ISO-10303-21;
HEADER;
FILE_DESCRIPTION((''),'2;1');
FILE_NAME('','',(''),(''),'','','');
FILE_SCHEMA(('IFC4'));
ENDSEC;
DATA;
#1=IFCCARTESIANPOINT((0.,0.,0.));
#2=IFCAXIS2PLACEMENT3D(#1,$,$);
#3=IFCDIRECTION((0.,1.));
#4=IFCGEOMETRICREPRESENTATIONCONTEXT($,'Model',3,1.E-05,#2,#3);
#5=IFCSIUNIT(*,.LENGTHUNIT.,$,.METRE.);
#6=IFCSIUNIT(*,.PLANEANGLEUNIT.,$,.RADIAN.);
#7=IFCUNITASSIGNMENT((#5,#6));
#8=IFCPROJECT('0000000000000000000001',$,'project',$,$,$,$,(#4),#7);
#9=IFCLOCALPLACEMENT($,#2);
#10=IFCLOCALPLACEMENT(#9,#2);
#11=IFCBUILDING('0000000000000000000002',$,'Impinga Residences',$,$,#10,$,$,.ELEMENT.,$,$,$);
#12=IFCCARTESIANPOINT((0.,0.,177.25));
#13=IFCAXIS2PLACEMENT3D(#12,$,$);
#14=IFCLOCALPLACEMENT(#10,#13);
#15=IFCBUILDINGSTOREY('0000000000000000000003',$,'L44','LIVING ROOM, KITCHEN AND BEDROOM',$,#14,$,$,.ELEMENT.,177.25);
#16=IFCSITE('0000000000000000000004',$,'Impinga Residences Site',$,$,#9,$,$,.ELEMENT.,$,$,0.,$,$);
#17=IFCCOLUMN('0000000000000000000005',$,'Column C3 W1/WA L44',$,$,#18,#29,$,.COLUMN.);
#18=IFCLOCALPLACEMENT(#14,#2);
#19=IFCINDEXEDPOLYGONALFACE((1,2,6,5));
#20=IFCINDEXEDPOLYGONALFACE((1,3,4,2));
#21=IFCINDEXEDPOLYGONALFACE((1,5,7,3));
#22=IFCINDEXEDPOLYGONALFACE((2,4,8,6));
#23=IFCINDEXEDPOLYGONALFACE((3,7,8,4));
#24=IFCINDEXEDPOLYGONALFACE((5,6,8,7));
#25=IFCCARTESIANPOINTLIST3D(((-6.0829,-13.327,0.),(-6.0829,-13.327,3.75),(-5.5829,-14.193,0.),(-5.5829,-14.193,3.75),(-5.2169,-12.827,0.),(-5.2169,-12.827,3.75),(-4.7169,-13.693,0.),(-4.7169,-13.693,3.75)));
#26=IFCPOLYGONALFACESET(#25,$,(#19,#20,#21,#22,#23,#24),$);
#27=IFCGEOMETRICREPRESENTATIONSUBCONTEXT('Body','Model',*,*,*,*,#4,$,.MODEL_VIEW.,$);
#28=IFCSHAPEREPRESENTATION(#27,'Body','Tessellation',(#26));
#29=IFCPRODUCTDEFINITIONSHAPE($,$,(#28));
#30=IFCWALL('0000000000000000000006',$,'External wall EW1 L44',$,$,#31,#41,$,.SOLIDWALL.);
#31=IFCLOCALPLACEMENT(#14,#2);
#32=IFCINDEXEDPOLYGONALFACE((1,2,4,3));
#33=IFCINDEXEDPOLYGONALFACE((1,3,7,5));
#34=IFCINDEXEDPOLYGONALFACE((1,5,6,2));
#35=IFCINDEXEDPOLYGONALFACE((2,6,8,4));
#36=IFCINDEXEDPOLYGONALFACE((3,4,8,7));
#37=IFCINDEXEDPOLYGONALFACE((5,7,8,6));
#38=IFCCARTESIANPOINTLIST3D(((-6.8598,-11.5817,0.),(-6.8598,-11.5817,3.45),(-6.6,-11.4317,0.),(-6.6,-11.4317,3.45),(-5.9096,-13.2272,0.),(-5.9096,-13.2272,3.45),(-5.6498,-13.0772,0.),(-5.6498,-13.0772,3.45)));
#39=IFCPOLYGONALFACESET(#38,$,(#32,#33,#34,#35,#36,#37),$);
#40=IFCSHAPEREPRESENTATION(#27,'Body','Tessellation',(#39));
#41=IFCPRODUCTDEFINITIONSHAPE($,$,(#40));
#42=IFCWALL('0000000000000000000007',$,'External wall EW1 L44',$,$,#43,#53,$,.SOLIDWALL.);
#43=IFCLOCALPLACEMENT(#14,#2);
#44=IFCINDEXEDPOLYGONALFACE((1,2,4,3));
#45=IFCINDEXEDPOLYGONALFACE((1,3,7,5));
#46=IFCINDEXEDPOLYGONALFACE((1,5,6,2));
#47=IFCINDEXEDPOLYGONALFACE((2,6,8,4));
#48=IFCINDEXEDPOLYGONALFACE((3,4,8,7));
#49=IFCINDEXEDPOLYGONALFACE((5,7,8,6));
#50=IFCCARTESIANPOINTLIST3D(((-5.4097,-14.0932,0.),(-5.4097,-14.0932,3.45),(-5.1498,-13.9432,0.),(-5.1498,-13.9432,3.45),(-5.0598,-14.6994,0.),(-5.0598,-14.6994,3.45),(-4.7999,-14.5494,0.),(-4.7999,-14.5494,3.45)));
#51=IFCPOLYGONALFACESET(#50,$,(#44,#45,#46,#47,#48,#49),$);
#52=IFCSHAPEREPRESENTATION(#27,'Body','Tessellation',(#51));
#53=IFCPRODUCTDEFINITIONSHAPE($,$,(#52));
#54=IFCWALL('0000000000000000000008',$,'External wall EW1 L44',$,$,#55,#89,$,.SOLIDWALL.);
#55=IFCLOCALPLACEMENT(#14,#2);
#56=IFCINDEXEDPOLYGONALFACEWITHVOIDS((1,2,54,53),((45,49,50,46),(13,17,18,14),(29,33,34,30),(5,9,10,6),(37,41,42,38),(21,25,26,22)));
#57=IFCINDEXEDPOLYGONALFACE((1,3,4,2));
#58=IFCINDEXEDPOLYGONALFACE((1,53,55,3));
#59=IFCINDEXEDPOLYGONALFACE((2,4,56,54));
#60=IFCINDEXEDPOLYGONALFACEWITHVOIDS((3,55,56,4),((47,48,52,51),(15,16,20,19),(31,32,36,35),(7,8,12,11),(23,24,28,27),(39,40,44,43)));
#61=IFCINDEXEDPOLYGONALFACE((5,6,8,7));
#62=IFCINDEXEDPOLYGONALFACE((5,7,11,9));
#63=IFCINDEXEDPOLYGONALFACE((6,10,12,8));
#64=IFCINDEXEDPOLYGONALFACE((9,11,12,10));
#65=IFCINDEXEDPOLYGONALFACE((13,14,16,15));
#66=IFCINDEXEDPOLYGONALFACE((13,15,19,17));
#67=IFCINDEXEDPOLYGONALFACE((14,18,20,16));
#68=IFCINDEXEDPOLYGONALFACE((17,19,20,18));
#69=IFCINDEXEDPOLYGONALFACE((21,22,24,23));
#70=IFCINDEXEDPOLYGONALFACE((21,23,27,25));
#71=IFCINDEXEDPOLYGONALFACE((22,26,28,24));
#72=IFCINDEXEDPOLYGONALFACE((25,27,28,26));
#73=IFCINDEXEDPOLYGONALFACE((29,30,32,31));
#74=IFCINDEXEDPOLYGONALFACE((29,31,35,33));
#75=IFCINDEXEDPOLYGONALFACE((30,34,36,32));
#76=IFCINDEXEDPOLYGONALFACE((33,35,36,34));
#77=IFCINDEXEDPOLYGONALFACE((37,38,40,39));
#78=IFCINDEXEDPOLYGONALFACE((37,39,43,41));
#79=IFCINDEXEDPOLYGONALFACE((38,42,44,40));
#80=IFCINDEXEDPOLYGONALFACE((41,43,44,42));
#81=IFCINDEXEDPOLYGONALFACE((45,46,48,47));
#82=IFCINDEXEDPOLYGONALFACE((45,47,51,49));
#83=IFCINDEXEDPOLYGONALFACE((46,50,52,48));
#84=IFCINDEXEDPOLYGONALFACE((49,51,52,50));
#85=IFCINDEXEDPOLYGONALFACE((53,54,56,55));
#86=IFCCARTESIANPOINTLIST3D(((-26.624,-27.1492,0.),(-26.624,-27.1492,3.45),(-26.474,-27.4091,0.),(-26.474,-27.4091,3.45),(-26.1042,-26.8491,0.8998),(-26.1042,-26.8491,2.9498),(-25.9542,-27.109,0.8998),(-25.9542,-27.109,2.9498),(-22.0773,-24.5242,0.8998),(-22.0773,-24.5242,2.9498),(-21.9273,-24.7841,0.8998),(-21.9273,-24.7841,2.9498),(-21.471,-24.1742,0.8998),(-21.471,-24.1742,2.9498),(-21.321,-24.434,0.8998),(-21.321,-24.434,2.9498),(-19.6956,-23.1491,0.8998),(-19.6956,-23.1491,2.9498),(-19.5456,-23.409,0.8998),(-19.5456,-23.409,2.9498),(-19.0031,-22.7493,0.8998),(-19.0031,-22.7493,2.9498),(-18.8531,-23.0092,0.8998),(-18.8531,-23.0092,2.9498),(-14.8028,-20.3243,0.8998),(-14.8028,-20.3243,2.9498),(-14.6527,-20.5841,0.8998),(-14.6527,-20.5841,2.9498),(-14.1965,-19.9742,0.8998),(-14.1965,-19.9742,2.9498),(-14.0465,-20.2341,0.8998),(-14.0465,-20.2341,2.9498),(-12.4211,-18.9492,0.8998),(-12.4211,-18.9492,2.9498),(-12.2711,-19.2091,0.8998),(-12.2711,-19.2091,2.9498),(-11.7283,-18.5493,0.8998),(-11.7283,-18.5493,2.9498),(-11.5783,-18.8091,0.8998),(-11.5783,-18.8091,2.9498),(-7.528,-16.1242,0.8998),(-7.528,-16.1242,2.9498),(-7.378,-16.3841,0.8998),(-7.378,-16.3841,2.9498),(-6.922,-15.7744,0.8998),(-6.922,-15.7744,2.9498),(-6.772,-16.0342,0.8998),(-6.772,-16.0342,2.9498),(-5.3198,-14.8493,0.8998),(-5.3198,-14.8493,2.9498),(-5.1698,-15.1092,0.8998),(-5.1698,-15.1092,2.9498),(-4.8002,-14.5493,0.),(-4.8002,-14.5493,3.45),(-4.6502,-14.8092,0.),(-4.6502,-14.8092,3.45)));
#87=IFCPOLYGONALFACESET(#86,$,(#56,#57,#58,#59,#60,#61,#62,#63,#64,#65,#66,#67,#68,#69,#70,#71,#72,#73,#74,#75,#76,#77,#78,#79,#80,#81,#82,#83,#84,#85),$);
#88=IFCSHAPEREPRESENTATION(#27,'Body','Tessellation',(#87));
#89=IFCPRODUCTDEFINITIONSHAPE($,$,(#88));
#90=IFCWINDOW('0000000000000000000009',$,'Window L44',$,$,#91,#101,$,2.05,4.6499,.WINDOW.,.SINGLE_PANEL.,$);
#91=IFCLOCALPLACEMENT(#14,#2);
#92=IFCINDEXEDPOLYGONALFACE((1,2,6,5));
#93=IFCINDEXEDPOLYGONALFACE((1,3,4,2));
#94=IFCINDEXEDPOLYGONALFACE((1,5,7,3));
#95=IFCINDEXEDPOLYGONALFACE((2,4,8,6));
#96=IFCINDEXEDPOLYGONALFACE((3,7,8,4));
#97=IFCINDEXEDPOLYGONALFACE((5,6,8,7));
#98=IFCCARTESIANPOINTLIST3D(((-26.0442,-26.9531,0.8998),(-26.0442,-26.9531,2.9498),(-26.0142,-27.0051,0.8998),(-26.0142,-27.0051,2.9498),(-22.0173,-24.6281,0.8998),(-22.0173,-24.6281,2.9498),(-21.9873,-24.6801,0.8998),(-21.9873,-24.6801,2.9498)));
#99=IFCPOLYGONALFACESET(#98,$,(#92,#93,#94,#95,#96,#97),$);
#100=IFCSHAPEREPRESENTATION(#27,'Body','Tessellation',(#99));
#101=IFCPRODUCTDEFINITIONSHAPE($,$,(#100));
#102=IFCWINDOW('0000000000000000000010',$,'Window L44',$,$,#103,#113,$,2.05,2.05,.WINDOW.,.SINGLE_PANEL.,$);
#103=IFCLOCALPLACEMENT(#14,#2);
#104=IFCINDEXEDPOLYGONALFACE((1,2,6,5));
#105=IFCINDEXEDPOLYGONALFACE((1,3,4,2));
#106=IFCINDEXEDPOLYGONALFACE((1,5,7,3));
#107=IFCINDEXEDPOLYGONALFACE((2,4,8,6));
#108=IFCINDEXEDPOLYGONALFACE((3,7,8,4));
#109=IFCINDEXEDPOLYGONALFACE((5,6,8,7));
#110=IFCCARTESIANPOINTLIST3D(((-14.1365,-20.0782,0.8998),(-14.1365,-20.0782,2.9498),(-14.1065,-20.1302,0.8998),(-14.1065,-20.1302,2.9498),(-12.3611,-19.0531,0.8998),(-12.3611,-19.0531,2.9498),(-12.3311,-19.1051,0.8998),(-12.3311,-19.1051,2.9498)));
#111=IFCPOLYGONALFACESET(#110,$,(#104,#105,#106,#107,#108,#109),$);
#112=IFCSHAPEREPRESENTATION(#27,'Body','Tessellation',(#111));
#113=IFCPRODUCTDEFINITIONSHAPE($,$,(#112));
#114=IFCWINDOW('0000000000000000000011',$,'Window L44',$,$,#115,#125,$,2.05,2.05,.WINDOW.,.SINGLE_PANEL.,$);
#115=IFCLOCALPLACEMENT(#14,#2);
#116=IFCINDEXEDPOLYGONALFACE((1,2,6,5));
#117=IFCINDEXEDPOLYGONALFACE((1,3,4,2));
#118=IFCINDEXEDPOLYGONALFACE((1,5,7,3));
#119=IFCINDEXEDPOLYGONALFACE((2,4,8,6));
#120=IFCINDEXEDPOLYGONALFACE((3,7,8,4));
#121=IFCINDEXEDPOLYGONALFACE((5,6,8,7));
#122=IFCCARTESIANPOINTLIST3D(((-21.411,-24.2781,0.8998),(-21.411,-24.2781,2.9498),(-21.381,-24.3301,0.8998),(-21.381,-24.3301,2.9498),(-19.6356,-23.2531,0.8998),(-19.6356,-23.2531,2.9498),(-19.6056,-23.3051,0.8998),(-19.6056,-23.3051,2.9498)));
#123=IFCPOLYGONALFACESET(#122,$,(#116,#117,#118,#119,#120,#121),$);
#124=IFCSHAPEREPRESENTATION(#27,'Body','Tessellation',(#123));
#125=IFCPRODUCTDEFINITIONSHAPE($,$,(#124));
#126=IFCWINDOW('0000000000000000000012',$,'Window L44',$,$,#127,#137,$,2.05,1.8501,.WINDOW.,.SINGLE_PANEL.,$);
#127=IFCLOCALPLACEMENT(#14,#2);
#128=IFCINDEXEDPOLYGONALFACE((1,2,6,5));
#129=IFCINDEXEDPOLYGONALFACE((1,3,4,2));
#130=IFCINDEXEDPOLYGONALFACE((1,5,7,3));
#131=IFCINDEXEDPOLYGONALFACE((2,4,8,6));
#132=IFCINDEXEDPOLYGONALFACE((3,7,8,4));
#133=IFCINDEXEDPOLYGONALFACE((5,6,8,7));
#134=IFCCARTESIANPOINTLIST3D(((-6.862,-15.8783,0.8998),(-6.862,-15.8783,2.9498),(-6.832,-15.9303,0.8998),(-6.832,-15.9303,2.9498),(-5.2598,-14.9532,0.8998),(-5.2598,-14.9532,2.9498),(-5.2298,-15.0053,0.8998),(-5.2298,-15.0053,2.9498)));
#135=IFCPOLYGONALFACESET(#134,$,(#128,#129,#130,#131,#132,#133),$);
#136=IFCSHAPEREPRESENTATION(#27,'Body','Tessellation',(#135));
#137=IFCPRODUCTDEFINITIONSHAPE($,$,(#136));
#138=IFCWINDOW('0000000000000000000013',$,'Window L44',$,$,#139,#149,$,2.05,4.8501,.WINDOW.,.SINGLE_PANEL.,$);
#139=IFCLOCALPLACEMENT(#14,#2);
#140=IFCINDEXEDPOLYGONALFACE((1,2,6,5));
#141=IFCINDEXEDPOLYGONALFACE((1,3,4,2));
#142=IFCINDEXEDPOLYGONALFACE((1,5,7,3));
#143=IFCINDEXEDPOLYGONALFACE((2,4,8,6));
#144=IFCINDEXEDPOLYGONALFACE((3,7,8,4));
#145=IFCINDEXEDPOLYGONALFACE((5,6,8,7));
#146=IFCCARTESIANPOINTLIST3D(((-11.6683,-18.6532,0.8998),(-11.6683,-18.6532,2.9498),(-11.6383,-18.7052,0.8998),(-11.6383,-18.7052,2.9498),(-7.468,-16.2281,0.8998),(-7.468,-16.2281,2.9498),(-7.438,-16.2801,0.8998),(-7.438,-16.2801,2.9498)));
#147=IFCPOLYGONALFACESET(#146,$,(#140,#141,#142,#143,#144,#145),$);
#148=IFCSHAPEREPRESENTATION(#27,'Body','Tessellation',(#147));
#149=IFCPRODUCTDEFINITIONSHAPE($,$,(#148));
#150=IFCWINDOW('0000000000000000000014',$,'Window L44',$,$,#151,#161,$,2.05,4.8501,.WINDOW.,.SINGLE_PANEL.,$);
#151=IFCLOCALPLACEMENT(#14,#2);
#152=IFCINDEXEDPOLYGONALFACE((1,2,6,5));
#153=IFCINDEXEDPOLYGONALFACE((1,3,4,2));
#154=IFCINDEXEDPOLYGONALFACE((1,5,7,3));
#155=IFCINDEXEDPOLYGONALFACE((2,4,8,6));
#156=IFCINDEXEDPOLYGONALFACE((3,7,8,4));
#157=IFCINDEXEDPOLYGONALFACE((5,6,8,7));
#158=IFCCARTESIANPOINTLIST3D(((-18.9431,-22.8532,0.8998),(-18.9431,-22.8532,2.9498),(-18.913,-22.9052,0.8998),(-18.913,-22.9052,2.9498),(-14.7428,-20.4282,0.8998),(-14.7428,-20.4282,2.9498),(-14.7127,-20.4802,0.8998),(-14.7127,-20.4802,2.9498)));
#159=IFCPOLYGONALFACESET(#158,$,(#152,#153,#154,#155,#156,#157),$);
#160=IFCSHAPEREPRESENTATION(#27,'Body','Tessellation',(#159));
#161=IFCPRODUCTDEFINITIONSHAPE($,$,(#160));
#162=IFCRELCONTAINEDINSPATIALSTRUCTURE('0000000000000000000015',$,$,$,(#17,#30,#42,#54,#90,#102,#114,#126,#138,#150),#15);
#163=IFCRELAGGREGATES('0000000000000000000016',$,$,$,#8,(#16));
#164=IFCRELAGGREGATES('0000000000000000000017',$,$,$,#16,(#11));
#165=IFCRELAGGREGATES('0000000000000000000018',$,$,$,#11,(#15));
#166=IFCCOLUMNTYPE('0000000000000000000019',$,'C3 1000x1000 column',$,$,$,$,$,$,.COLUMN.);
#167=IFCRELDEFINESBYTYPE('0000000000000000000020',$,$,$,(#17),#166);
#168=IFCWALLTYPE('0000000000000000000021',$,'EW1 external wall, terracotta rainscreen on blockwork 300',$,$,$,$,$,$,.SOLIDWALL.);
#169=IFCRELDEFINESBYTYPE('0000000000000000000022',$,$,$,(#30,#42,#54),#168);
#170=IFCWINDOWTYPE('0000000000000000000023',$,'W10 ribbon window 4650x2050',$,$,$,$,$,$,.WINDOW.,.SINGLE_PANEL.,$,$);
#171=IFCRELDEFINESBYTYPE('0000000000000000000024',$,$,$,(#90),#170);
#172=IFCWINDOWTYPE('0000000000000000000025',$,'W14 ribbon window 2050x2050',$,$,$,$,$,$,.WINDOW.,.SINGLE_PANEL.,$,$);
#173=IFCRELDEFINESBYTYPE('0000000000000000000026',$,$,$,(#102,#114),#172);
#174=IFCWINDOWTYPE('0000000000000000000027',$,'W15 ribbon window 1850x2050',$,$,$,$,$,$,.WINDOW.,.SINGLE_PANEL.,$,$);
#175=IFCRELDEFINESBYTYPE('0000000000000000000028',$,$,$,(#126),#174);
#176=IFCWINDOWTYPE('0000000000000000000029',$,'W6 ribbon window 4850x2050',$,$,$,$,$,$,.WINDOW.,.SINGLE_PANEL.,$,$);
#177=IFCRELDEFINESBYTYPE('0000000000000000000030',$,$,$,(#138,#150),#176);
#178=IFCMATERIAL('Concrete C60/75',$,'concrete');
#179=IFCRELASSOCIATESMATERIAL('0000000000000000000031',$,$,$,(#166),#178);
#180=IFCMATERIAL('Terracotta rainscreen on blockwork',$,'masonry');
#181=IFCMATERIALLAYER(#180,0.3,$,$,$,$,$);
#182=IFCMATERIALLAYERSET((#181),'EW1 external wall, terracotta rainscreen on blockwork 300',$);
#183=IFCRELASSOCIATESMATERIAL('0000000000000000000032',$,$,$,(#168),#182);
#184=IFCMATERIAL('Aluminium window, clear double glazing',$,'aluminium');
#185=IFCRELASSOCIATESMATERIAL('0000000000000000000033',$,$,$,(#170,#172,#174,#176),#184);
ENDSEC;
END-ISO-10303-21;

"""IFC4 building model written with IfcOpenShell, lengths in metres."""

from ifc_helpers import new_model, si_unit, direction, frame, frame_2d, origin, origin_2d, place, context, subcontext, project, spatial, rectangle, extrude, material, layer, layer_set, material_profile, profile_set, type_object, element, fill, save


model = new_model("IFC4")

# Units and contexts
model_context = context("Model", 3, precision=1e-05, world=origin(), true_north=direction((0.0, 1.0)))
body_context = subcontext(model_context, "Body", "Model", "MODEL_VIEW")
ifc_project = project(units=[si_unit("LENGTHUNIT", "METRE"), si_unit("PLANEANGLEUNIT", "RADIAN")], contexts=[model_context])

# Site, building, storey
site_placement = place(None, origin())
site = spatial("IfcSite", under=ifc_project, at=site_placement, Name="Impinga Residences Site", CompositionType="ELEMENT", RefElevation=0.0)
building_placement = place(site_placement, origin())
building = spatial("IfcBuilding", under=site, at=building_placement, Name="Impinga Residences", CompositionType="ELEMENT")
storey_placement = place(building_placement, frame((0.0, 0.0, 177.25)))
storey = spatial("IfcBuildingStorey", under=building, at=storey_placement, Name="L44", Description="LIVING ROOM, KITCHEN AND BEDROOM", CompositionType="ELEMENT", Elevation=177.25)

# Column
ifc_material_1 = material(Name="Concrete C60/75", Category="concrete")
ifc_material_profile = material_profile(ifc_material_1, rectangle(XDim=1.0, YDim=1.0, at=origin_2d()), Name="RC 1000x1000")
ifc_profile_set = profile_set([ifc_material_profile], Name="Concrete C60/75")
column_type = type_object("IfcColumnType", Name="C3 1000x1000 column", PredefinedType="COLUMN", material=ifc_profile_set)
column_placement = place(storey_placement, frame((-5.3999, -13.51, 0.0), z_axis=(0.0, 0.0, 1.0), x_axis=(-0.5, 0.866025, 0.0)))
element("IfcColumn", 1, at=column_placement, inside=storey, type_object=column_type, Name="Column C3 W1/WA L44", PredefinedType="COLUMN", context=body_context, shape_type="SweptSolid", body=[
    extrude(rectangle(XDim=1.0, YDim=1.0, at=origin_2d()), origin(), (0.0, 0.0, 1.0), 3.75),
])

# Walls
ifc_material_2 = material(Name="Terracotta rainscreen on blockwork", Category="masonry")
ifc_layer_1 = layer(ifc_material_2, 0.3)
ifc_layer_set_1 = layer_set([ifc_layer_1], Name="EW1 external wall, terracotta rainscreen on blockwork 300")
wall_type_1 = type_object("IfcWallType", Name="EW1 external wall, terracotta rainscreen on blockwork 300", PredefinedType="SOLIDWALL", material=ifc_layer_set_1)
wall_1_placement = place(storey_placement, frame((-6.73, -11.5066, 0.0), z_axis=(0.0, 0.0, 1.0), x_axis=(0.500064, -0.865989, 0.0)))
element("IfcWall", 2, at=wall_1_placement, inside=storey, type_object=wall_type_1, Name="External wall EW1 L44", PredefinedType="SOLIDWALL", context=body_context, shape_type="SweptSolid", body=[
    extrude(rectangle(XDim=1.9001, YDim=0.3, at=frame_2d((0.9502, 0.0))), origin(), (0.0, 0.0, 1.0), 3.45),
])
wall_2_placement = place(storey_placement, frame((-5.2798, -14.0181, 0.0), z_axis=(0.0, 0.0, 1.0), x_axis=(0.499853, -0.86611, 0.0)))
element("IfcWall", 3, at=wall_2_placement, inside=storey, type_object=wall_type_1, Name="External wall EW1 L44", PredefinedType="SOLIDWALL", context=body_context, shape_type="SweptSolid", body=[
    extrude(rectangle(XDim=0.7, YDim=0.3, at=frame_2d((0.3501, 0.0))), origin(), (0.0, 0.0, 1.0), 3.45),
])

# Wall, openings, windows
wall_3_placement = place(storey_placement, frame((-4.7251, -14.6792, 0.0), z_axis=(0.0, 0.0, 1.0), x_axis=(-0.866027, -0.499998, 0.0)))
wall_3 = element("IfcWall", 4, at=wall_3_placement, inside=storey, type_object=wall_type_1, Name="External wall EW1 L44", PredefinedType="SOLIDWALL", context=body_context, shape_type="SweptSolid", body=[
    extrude(rectangle(XDim=25.2, YDim=0.3, at=frame_2d((12.6001, 0.0))), origin(), (0.0, 0.0, 1.0), 3.45),
])
opening_1_placement = place(wall_3_placement, frame((0.6001, 0.0, 0.8999)))
opening_1 = element("IfcOpeningElement", 5, at=opening_1_placement, cuts=wall_3, PredefinedType="OPENING", context=body_context, shape_type="SweptSolid", body=[
    extrude(rectangle(XDim=1.8501, YDim=2.05, at=frame_2d((0.925, 1.0249))), frame((0.0, 0.1599, 0.0), z_axis=(0.0, -1.0, 0.0), x_axis=(1.0, 0.0, 0.0)), (0.0, 0.0, 1.0), 0.3201),
])
opening_2_placement = place(wall_3_placement, frame((3.1499, 0.0, 0.8999)))
opening_2 = element("IfcOpeningElement", 6, at=opening_2_placement, cuts=wall_3, PredefinedType="OPENING", context=body_context, shape_type="SweptSolid", body=[
    extrude(rectangle(XDim=4.8501, YDim=2.05, at=frame_2d((2.425, 1.0249))), frame((0.0, 0.1599, 0.0), z_axis=(0.0, -1.0, 0.0), x_axis=(1.0, 0.0, 0.0)), (0.0, 0.0, 1.0), 0.3201),
])
opening_3_placement = place(wall_3_placement, frame((8.8, 0.0, 0.8999)))
opening_3 = element("IfcOpeningElement", 7, at=opening_3_placement, cuts=wall_3, PredefinedType="OPENING", context=body_context, shape_type="SweptSolid", body=[
    extrude(rectangle(XDim=2.05, YDim=2.05, at=frame_2d((1.0249, 1.0249))), frame((0.0, 0.1599, 0.0), z_axis=(0.0, -1.0, 0.0), x_axis=(1.0, 0.0, 0.0)), (0.0, 0.0, 1.0), 0.3201),
])
opening_4_placement = place(wall_3_placement, frame((11.55, 0.0, 0.8999)))
opening_4 = element("IfcOpeningElement", 8, at=opening_4_placement, cuts=wall_3, PredefinedType="OPENING", context=body_context, shape_type="SweptSolid", body=[
    extrude(rectangle(XDim=4.8501, YDim=2.05, at=frame_2d((2.425, 1.0249))), frame((0.0, 0.1599, 0.0), z_axis=(0.0, -1.0, 0.0), x_axis=(1.0, 0.0, 0.0)), (0.0, 0.0, 1.0), 0.3201),
])
opening_5_placement = place(wall_3_placement, frame((17.2, 0.0, 0.8999)))
opening_5 = element("IfcOpeningElement", 9, at=opening_5_placement, cuts=wall_3, PredefinedType="OPENING", context=body_context, shape_type="SweptSolid", body=[
    extrude(rectangle(XDim=2.05, YDim=2.05, at=frame_2d((1.0249, 1.0249))), frame((0.0, 0.1599, 0.0), z_axis=(0.0, -1.0, 0.0), x_axis=(1.0, 0.0, 0.0)), (0.0, 0.0, 1.0), 0.3201),
])
opening_6_placement = place(wall_3_placement, frame((19.95, 0.0, 0.8999)))
opening_6 = element("IfcOpeningElement", 10, at=opening_6_placement, cuts=wall_3, PredefinedType="OPENING", context=body_context, shape_type="SweptSolid", body=[
    extrude(rectangle(XDim=4.6499, YDim=2.05, at=frame_2d((2.325, 1.0249))), frame((0.0, 0.1599, 0.0), z_axis=(0.0, -1.0, 0.0), x_axis=(1.0, 0.0, 0.0)), (0.0, 0.0, 1.0), 0.3201),
])
ifc_material_3 = material(Name="Aluminium window, clear double glazing", Category="aluminium")
window_type_1 = type_object("IfcWindowType", Name="W10 ribbon window 4650x2050", PartitioningType="SINGLE_PANEL", PredefinedType="WINDOW", material=ifc_material_3)
window_1_placement = place(opening_6_placement, origin())
window_1 = element("IfcWindow", 11, at=window_1_placement, inside=storey, type_object=window_type_1, Name="Window L44", OverallHeight=2.05, OverallWidth=4.6499, PartitioningType="SINGLE_PANEL", PredefinedType="WINDOW", context=body_context, shape_type="SweptSolid", body=[
    extrude(rectangle(XDim=4.6499, YDim=2.05, at=frame_2d((2.325, 1.0249))), frame((0.0, 0.03, 0.0), z_axis=(0.0, -1.0, 0.0), x_axis=(1.0, 0.0, 0.0)), (0.0, 0.0, 1.0), 0.0601),
])
fill(opening_6, window_1)
window_type_2 = type_object("IfcWindowType", Name="W14 ribbon window 2050x2050", PartitioningType="SINGLE_PANEL", PredefinedType="WINDOW", material=ifc_material_3)
window_2_placement = place(opening_3_placement, origin())
window_2 = element("IfcWindow", 12, at=window_2_placement, inside=storey, type_object=window_type_2, Name="Window L44", OverallHeight=2.05, OverallWidth=2.05, PartitioningType="SINGLE_PANEL", PredefinedType="WINDOW", context=body_context, shape_type="SweptSolid", body=[
    extrude(rectangle(XDim=2.05, YDim=2.05, at=frame_2d((1.0249, 1.0249))), frame((0.0, 0.03, 0.0), z_axis=(0.0, -1.0, 0.0), x_axis=(1.0, 0.0, 0.0)), (0.0, 0.0, 1.0), 0.0601),
])
fill(opening_3, window_2)
window_3_placement = place(opening_5_placement, origin())
window_3 = element("IfcWindow", 13, at=window_3_placement, inside=storey, type_object=window_type_2, Name="Window L44", OverallHeight=2.05, OverallWidth=2.05, PartitioningType="SINGLE_PANEL", PredefinedType="WINDOW", context=body_context, shape_type="SweptSolid", body=[
    extrude(rectangle(XDim=2.05, YDim=2.05, at=frame_2d((1.0249, 1.0249))), frame((0.0, 0.03, 0.0), z_axis=(0.0, -1.0, 0.0), x_axis=(1.0, 0.0, 0.0)), (0.0, 0.0, 1.0), 0.0601),
])
fill(opening_5, window_3)
window_type_3 = type_object("IfcWindowType", Name="W15 ribbon window 1850x2050", PartitioningType="SINGLE_PANEL", PredefinedType="WINDOW", material=ifc_material_3)
window_4_placement = place(opening_1_placement, origin())
window_4 = element("IfcWindow", 14, at=window_4_placement, inside=storey, type_object=window_type_3, Name="Window L44", OverallHeight=2.05, OverallWidth=1.8501, PartitioningType="SINGLE_PANEL", PredefinedType="WINDOW", context=body_context, shape_type="SweptSolid", body=[
    extrude(rectangle(XDim=1.8501, YDim=2.05, at=frame_2d((0.925, 1.0249))), frame((0.0, 0.03, 0.0), z_axis=(0.0, -1.0, 0.0), x_axis=(1.0, 0.0, 0.0)), (0.0, 0.0, 1.0), 0.0601),
])
fill(opening_1, window_4)
window_type_4 = type_object("IfcWindowType", Name="W6 ribbon window 4850x2050", PartitioningType="SINGLE_PANEL", PredefinedType="WINDOW", material=ifc_material_3)
window_5_placement = place(opening_2_placement, origin())
window_5 = element("IfcWindow", 15, at=window_5_placement, inside=storey, type_object=window_type_4, Name="Window L44", OverallHeight=2.05, OverallWidth=4.8501, PartitioningType="SINGLE_PANEL", PredefinedType="WINDOW", context=body_context, shape_type="SweptSolid", body=[
    extrude(rectangle(XDim=4.8501, YDim=2.05, at=frame_2d((2.425, 1.0249))), frame((0.0, 0.03, 0.0), z_axis=(0.0, -1.0, 0.0), x_axis=(1.0, 0.0, 0.0)), (0.0, 0.0, 1.0), 0.0601),
])
fill(opening_2, window_5)
window_6_placement = place(opening_4_placement, origin())
window_6 = element("IfcWindow", 16, at=window_6_placement, inside=storey, type_object=window_type_4, Name="Window L44", OverallHeight=2.05, OverallWidth=4.8501, PartitioningType="SINGLE_PANEL", PredefinedType="WINDOW", context=body_context, shape_type="SweptSolid", body=[
    extrude(rectangle(XDim=4.8501, YDim=2.05, at=frame_2d((2.425, 1.0249))), frame((0.0, 0.03, 0.0), z_axis=(0.0, -1.0, 0.0), x_axis=(1.0, 0.0, 0.0)), (0.0, 0.0, 1.0), 0.0601),
])
fill(opening_4, window_6)

save(model, "model.ifc")
